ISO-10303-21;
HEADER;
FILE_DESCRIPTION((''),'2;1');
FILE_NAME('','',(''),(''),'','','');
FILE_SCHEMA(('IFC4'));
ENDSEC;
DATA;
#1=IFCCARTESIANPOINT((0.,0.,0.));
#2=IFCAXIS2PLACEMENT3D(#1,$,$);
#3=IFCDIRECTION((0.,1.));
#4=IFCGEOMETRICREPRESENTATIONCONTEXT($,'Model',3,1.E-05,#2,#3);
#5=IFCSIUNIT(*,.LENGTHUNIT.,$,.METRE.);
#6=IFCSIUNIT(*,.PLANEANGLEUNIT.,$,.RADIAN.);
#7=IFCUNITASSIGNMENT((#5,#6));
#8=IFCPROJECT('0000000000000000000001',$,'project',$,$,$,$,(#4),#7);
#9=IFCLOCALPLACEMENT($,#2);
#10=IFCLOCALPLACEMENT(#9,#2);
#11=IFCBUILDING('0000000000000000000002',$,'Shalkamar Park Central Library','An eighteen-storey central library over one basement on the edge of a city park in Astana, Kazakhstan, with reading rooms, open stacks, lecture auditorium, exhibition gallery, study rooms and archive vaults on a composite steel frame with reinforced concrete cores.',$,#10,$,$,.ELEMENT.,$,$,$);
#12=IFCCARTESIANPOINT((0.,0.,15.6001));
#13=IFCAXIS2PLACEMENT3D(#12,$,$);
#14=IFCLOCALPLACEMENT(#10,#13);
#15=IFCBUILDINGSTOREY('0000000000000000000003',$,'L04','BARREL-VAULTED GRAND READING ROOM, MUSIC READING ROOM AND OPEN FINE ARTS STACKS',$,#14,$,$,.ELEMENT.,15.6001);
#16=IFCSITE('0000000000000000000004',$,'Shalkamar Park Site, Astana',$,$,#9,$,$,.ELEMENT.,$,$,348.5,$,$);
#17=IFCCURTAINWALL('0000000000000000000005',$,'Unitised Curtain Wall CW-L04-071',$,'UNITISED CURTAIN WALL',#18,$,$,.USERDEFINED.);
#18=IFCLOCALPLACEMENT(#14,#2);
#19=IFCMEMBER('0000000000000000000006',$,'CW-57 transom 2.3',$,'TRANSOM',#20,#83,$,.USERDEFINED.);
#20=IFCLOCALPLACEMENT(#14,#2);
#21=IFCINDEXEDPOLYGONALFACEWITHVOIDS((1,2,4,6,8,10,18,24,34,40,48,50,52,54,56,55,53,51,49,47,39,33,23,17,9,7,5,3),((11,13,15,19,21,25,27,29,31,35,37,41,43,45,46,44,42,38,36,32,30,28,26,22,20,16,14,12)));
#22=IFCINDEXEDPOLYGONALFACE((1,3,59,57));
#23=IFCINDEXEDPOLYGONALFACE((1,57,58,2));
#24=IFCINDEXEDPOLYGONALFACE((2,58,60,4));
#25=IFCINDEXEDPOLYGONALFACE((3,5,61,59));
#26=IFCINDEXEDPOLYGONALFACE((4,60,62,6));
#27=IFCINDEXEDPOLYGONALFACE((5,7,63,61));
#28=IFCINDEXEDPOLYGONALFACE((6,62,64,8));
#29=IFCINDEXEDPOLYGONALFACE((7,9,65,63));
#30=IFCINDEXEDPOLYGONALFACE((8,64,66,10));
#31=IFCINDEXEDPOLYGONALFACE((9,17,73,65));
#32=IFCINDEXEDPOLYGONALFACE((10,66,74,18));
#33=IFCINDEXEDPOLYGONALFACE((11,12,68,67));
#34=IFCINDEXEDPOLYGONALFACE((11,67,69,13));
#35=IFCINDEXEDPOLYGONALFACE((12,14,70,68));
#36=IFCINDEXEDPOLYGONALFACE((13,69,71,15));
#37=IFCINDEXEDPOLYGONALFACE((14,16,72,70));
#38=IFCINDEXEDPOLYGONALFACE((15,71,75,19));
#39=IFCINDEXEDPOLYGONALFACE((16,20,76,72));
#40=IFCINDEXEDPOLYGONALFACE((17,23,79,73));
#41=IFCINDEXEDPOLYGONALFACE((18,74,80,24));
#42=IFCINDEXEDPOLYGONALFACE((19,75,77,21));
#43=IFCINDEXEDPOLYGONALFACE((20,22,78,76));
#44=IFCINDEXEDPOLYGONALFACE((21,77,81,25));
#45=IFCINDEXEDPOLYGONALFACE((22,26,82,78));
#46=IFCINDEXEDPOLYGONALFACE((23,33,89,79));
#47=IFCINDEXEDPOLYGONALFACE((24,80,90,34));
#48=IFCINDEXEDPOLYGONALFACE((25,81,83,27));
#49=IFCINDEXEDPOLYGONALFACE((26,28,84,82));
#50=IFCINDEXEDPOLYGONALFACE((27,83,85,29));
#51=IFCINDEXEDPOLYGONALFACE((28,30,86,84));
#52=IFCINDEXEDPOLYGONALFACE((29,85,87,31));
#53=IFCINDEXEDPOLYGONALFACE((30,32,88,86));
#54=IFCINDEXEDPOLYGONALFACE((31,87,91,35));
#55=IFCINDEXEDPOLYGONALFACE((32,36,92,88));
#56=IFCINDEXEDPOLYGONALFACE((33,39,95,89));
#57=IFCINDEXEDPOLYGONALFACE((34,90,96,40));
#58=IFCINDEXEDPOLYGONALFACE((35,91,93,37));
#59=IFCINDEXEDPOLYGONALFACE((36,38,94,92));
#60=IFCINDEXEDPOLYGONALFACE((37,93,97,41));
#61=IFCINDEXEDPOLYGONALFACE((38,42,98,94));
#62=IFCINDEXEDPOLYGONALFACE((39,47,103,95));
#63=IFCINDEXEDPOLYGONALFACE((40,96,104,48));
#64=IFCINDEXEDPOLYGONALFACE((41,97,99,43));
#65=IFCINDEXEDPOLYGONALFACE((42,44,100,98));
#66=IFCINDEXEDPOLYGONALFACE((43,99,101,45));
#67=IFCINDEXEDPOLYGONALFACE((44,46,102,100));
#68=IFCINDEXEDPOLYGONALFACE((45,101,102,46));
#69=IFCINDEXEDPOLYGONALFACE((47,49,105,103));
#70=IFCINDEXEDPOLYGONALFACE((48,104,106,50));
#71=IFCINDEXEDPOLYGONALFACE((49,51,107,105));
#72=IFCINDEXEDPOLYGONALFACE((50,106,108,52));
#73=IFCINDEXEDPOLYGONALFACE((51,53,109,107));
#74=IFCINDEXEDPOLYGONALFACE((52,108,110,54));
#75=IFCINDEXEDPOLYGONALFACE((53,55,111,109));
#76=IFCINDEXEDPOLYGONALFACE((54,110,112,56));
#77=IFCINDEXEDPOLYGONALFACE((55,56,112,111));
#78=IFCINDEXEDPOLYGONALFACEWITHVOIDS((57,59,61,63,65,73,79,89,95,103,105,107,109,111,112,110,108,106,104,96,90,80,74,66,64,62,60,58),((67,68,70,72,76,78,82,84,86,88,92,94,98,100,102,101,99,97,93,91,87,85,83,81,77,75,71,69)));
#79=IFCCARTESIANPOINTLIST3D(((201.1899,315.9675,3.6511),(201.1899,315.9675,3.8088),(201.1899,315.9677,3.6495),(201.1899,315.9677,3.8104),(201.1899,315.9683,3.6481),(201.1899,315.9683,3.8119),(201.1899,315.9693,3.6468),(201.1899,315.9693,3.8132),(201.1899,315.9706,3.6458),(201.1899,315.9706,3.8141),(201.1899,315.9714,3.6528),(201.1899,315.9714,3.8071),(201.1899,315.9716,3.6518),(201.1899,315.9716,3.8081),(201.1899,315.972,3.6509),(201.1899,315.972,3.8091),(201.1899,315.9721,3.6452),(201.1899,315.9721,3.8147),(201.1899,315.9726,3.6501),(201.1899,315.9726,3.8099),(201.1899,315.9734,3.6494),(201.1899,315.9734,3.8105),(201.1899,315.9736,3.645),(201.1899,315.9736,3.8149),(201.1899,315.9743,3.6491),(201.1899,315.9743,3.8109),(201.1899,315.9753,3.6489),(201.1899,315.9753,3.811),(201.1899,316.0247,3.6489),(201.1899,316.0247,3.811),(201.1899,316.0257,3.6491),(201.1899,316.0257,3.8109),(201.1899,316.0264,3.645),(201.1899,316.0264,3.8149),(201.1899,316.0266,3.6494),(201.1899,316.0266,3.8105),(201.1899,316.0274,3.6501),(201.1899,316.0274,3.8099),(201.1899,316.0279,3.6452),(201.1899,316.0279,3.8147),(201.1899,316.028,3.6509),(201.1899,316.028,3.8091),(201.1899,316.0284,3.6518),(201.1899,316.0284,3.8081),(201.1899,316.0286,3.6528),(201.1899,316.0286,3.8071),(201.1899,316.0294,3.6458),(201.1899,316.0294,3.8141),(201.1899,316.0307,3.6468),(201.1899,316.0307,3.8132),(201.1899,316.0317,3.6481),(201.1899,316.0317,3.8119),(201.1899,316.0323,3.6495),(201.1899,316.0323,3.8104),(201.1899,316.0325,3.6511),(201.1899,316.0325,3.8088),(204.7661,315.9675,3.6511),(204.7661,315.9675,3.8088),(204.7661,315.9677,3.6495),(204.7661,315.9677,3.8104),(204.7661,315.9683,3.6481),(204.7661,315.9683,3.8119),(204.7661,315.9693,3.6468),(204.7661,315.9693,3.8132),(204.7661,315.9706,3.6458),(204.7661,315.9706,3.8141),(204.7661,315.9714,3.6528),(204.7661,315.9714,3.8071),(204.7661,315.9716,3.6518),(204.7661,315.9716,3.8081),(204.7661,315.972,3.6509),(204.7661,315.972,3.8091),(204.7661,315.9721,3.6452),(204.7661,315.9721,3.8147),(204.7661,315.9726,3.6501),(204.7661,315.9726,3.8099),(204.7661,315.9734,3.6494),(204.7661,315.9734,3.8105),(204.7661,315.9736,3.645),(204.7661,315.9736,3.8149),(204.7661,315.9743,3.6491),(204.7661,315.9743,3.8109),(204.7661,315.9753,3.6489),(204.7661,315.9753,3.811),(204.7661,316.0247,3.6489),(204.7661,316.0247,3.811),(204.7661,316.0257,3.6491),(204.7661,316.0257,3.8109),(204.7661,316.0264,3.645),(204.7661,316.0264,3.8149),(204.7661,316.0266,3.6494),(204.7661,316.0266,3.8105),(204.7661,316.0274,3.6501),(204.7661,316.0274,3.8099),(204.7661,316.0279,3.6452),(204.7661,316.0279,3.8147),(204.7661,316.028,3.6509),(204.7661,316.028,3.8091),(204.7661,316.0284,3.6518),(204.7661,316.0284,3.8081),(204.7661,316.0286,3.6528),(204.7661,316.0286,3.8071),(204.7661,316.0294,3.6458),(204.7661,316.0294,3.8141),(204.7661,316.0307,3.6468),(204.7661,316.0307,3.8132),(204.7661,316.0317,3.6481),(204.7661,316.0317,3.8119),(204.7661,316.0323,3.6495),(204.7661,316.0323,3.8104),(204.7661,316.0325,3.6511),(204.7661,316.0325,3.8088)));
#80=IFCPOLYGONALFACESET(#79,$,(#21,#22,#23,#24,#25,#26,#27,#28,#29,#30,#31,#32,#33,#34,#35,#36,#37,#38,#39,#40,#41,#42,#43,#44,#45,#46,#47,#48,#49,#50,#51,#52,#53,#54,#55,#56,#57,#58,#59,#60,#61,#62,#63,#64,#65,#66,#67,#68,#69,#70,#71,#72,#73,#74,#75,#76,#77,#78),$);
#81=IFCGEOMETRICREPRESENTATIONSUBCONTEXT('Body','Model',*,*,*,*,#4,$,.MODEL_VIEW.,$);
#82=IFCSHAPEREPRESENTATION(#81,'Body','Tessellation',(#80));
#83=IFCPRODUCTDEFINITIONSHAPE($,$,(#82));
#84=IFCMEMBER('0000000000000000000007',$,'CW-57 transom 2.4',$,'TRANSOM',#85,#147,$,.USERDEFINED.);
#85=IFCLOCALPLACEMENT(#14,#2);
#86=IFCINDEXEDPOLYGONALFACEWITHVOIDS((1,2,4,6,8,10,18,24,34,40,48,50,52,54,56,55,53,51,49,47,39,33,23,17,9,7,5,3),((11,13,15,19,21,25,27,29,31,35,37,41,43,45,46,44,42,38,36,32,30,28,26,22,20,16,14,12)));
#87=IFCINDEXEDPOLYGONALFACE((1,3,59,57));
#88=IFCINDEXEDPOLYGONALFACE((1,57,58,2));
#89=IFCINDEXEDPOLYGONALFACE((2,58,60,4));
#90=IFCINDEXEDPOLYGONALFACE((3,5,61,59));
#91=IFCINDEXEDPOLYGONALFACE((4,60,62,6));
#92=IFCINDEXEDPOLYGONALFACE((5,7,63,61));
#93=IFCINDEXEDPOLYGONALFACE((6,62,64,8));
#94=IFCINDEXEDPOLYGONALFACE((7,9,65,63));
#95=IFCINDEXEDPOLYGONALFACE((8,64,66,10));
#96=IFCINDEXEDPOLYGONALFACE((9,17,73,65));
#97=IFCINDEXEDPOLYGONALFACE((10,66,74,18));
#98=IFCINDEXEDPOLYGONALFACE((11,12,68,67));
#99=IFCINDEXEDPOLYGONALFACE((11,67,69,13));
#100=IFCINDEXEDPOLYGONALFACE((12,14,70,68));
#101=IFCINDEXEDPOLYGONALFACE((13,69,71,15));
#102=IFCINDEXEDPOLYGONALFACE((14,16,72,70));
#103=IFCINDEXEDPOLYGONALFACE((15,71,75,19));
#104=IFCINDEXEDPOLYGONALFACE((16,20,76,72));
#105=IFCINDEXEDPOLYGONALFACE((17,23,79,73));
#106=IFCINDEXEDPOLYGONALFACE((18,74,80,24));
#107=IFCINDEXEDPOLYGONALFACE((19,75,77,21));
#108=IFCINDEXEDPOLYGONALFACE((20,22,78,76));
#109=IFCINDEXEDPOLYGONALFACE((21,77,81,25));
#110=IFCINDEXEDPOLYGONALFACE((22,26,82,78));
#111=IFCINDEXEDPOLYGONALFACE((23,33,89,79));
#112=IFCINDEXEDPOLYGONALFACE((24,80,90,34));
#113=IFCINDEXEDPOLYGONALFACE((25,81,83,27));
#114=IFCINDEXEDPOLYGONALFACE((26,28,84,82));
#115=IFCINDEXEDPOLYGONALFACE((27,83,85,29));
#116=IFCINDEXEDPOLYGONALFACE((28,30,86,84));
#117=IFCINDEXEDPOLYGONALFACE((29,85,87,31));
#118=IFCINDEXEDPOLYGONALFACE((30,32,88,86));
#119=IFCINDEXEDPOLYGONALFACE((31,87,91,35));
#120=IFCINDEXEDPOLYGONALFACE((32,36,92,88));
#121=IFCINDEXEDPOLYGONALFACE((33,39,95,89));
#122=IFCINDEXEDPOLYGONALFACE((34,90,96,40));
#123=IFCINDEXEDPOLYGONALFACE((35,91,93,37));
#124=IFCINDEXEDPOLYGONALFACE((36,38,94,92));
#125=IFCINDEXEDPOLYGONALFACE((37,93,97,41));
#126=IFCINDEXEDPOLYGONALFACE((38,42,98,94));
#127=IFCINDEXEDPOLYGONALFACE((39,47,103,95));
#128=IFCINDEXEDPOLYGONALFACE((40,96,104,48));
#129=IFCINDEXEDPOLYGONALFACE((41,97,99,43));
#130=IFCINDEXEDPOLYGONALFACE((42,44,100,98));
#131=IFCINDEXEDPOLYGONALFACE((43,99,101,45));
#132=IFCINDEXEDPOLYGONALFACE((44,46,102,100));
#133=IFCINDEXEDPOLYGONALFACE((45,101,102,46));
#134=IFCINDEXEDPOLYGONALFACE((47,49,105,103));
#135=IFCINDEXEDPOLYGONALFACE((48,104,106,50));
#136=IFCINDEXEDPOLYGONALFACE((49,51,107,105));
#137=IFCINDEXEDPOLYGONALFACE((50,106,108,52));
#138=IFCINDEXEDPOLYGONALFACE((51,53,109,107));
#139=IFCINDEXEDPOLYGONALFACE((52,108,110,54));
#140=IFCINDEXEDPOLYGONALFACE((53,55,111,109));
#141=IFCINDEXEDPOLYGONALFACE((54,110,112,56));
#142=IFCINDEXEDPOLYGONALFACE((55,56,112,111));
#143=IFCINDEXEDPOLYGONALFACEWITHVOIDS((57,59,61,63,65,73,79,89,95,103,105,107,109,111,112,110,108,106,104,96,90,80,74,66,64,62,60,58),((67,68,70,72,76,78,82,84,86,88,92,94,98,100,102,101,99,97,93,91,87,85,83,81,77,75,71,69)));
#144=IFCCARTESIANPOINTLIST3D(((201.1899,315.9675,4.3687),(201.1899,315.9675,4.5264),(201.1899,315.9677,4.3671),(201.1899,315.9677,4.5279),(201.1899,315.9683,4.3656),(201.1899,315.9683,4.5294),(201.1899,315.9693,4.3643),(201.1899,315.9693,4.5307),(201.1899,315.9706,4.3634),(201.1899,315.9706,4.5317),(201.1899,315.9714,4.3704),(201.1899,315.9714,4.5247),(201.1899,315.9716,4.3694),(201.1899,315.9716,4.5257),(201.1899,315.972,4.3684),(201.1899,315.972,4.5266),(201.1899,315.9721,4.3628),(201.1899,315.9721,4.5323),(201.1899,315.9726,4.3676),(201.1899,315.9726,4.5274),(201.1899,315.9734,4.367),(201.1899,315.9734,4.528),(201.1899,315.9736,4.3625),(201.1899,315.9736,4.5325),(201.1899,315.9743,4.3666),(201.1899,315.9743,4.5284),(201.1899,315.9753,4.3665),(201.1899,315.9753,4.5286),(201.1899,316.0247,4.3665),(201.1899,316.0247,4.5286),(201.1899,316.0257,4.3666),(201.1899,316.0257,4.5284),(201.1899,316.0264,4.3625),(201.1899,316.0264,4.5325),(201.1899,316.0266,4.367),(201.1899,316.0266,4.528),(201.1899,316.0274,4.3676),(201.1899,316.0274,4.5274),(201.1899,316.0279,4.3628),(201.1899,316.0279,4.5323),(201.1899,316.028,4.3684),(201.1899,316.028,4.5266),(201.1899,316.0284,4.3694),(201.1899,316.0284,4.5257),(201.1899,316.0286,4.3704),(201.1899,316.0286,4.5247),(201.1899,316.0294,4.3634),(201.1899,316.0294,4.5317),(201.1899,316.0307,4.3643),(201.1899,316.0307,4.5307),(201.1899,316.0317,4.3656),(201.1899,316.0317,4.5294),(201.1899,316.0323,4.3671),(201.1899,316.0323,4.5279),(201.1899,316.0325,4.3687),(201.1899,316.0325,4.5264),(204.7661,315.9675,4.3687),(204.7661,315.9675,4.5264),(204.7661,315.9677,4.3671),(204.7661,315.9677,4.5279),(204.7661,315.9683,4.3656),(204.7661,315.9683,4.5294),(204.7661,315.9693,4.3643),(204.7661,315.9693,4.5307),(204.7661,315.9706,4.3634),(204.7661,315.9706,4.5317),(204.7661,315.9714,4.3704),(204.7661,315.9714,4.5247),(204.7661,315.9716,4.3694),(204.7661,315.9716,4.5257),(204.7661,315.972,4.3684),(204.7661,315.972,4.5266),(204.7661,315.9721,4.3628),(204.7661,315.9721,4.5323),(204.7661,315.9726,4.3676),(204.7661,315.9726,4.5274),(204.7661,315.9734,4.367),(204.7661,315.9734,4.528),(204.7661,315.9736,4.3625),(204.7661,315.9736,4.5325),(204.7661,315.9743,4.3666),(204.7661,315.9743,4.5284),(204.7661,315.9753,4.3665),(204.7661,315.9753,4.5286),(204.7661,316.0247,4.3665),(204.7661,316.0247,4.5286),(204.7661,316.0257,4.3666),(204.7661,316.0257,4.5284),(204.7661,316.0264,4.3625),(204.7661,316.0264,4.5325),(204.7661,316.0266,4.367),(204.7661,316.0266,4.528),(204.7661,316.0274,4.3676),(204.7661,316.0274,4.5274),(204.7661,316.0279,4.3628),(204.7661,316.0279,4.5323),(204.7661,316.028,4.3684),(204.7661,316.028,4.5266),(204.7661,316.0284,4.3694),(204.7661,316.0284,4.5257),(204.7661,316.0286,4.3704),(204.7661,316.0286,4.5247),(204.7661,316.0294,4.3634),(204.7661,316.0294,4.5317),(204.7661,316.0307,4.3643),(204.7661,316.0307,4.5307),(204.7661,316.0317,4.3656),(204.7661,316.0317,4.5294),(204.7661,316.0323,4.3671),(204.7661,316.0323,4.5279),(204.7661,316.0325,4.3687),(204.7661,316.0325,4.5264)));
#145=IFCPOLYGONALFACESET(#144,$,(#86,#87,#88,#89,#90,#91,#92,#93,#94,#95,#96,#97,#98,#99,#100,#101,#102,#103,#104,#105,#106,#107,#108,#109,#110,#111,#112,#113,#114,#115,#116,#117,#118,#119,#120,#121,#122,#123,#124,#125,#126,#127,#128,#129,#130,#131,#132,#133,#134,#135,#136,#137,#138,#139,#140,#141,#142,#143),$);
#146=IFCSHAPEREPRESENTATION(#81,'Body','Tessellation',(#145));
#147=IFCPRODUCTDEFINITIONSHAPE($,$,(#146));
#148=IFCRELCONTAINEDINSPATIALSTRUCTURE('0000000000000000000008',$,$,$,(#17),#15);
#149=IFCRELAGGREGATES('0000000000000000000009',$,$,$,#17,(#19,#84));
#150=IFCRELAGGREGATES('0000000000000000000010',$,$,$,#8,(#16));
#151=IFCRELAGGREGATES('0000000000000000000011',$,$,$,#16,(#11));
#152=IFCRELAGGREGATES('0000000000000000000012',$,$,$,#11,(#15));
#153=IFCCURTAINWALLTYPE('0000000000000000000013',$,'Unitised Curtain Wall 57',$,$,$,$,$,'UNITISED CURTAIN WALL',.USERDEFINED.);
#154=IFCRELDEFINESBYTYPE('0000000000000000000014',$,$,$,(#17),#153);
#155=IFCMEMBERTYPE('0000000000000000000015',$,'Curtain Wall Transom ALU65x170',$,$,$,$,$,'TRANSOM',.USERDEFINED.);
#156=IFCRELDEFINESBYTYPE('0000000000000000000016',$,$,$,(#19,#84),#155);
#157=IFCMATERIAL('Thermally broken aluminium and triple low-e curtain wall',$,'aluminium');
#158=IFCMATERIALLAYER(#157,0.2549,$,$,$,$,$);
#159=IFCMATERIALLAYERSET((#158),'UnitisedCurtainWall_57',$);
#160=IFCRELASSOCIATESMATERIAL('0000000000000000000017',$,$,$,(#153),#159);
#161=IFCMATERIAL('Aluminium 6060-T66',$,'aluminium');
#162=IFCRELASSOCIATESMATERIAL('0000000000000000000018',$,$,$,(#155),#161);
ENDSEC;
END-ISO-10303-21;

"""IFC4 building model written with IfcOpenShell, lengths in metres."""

from ifc_helpers import new_model, si_unit, direction, frame, origin, origin_2d, place, context, subcontext, project, spatial, hollow_rectangle, extrude, material, layer, layer_set, material_profile, profile_set, type_object, element, aggregate, save


model = new_model("IFC4")

# Units and contexts
model_context = context("Model", 3, precision=1e-05, world=origin(), true_north=direction((0.0, 1.0)))
body_context = subcontext(model_context, "Body", "Model", "MODEL_VIEW")
ifc_project = project(units=[si_unit("LENGTHUNIT", "METRE"), si_unit("PLANEANGLEUNIT", "RADIAN")], contexts=[model_context])

# Site, building, storey
site_placement = place(None, origin())
site = spatial("IfcSite", under=ifc_project, at=site_placement, Name="Shalkamar Park Site, Astana", CompositionType="ELEMENT", RefElevation=348.5)
building_placement = place(site_placement, origin())
building = spatial("IfcBuilding", under=site, at=building_placement, Name="Shalkamar Park Central Library", Description="An eighteen-storey central library over one basement on the edge of a city park in Astana, Kazakhstan, with reading rooms, open stacks, lecture auditorium, exhibition gallery, study rooms and archive vaults on a composite steel frame with reinforced concrete cores.", CompositionType="ELEMENT")
storey_placement = place(building_placement, frame((0.0, 0.0, 15.6001)))
storey = spatial("IfcBuildingStorey", under=building, at=storey_placement, Name="L04", Description="BARREL-VAULTED GRAND READING ROOM, MUSIC READING ROOM AND OPEN FINE ARTS STACKS", CompositionType="ELEMENT", Elevation=15.6001)

# Curtain wall
ifc_material_1 = material(Name="Thermally broken aluminium and triple low-e curtain wall", Category="aluminium")
ifc_layer_1 = layer(ifc_material_1, 0.2549)
ifc_layer_set_1 = layer_set([ifc_layer_1], Name="UnitisedCurtainWall_57")
curtain_wall_type_1 = type_object("IfcCurtainWallType", Name="Unitised Curtain Wall 57", ElementType="UNITISED CURTAIN WALL", PredefinedType="USERDEFINED", material=ifc_layer_set_1)
curtain_wall_1_placement = place(storey_placement, origin())
curtain_wall_1 = element("IfcCurtainWall", 1, at=curtain_wall_1_placement, inside=storey, type_object=curtain_wall_type_1, Name="Unitised Curtain Wall CW-L04-071", ObjectType="UNITISED CURTAIN WALL", PredefinedType="USERDEFINED")
ifc_material_2 = material(Name="Aluminium 6060-T66", Category="aluminium")

# Members
ifc_material_profile_1 = material_profile(ifc_material_2, hollow_rectangle(XDim=0.0649, YDim=0.1699, WallThickness=0.0039, InnerFilletRadius=0.0039, OuterFilletRadius=0.0061, at=origin_2d()), Name="ALU 65x170x4")
ifc_profile_set_1 = profile_set([ifc_material_profile_1], Name="Aluminium 6060-T66")
member_type_1 = type_object("IfcMemberType", Name="Curtain Wall Transom ALU65x170", ElementType="TRANSOM", PredefinedType="USERDEFINED", material=ifc_profile_set_1)
member_1_placement = place(storey_placement, frame((201.1899, 316.0, 3.73), z_axis=(1.0, 0.0, 0.0), x_axis=(0.0, 1.0, 0.0)))
member_1 = element("IfcMember", 2, at=member_1_placement, type_object=member_type_1, Name="CW-57 transom 2.3", ObjectType="TRANSOM", PredefinedType="USERDEFINED", context=body_context, shape_type="SweptSolid", body=[
    extrude(hollow_rectangle(XDim=0.0649, YDim=0.1699, WallThickness=0.0039, InnerFilletRadius=0.0039, OuterFilletRadius=0.0061, at=origin_2d()), origin(), (0.0, 0.0, 1.0), 3.5762),
])
member_2_placement = place(storey_placement, frame((201.1899, 316.0, 4.4475), z_axis=(1.0, 0.0, 0.0), x_axis=(0.0, 1.0, 0.0)))
member_2 = element("IfcMember", 3, at=member_2_placement, type_object=member_type_1, Name="CW-57 transom 2.4", ObjectType="TRANSOM", PredefinedType="USERDEFINED", context=body_context, shape_type="SweptSolid", body=[
    extrude(hollow_rectangle(XDim=0.0649, YDim=0.1699, WallThickness=0.0039, InnerFilletRadius=0.0039, OuterFilletRadius=0.0061, at=origin_2d()), origin(), (0.0, 0.0, 1.0), 3.5762),
])

aggregate(curtain_wall_1, [member_1, member_2])

save(model, "model.ifc")
